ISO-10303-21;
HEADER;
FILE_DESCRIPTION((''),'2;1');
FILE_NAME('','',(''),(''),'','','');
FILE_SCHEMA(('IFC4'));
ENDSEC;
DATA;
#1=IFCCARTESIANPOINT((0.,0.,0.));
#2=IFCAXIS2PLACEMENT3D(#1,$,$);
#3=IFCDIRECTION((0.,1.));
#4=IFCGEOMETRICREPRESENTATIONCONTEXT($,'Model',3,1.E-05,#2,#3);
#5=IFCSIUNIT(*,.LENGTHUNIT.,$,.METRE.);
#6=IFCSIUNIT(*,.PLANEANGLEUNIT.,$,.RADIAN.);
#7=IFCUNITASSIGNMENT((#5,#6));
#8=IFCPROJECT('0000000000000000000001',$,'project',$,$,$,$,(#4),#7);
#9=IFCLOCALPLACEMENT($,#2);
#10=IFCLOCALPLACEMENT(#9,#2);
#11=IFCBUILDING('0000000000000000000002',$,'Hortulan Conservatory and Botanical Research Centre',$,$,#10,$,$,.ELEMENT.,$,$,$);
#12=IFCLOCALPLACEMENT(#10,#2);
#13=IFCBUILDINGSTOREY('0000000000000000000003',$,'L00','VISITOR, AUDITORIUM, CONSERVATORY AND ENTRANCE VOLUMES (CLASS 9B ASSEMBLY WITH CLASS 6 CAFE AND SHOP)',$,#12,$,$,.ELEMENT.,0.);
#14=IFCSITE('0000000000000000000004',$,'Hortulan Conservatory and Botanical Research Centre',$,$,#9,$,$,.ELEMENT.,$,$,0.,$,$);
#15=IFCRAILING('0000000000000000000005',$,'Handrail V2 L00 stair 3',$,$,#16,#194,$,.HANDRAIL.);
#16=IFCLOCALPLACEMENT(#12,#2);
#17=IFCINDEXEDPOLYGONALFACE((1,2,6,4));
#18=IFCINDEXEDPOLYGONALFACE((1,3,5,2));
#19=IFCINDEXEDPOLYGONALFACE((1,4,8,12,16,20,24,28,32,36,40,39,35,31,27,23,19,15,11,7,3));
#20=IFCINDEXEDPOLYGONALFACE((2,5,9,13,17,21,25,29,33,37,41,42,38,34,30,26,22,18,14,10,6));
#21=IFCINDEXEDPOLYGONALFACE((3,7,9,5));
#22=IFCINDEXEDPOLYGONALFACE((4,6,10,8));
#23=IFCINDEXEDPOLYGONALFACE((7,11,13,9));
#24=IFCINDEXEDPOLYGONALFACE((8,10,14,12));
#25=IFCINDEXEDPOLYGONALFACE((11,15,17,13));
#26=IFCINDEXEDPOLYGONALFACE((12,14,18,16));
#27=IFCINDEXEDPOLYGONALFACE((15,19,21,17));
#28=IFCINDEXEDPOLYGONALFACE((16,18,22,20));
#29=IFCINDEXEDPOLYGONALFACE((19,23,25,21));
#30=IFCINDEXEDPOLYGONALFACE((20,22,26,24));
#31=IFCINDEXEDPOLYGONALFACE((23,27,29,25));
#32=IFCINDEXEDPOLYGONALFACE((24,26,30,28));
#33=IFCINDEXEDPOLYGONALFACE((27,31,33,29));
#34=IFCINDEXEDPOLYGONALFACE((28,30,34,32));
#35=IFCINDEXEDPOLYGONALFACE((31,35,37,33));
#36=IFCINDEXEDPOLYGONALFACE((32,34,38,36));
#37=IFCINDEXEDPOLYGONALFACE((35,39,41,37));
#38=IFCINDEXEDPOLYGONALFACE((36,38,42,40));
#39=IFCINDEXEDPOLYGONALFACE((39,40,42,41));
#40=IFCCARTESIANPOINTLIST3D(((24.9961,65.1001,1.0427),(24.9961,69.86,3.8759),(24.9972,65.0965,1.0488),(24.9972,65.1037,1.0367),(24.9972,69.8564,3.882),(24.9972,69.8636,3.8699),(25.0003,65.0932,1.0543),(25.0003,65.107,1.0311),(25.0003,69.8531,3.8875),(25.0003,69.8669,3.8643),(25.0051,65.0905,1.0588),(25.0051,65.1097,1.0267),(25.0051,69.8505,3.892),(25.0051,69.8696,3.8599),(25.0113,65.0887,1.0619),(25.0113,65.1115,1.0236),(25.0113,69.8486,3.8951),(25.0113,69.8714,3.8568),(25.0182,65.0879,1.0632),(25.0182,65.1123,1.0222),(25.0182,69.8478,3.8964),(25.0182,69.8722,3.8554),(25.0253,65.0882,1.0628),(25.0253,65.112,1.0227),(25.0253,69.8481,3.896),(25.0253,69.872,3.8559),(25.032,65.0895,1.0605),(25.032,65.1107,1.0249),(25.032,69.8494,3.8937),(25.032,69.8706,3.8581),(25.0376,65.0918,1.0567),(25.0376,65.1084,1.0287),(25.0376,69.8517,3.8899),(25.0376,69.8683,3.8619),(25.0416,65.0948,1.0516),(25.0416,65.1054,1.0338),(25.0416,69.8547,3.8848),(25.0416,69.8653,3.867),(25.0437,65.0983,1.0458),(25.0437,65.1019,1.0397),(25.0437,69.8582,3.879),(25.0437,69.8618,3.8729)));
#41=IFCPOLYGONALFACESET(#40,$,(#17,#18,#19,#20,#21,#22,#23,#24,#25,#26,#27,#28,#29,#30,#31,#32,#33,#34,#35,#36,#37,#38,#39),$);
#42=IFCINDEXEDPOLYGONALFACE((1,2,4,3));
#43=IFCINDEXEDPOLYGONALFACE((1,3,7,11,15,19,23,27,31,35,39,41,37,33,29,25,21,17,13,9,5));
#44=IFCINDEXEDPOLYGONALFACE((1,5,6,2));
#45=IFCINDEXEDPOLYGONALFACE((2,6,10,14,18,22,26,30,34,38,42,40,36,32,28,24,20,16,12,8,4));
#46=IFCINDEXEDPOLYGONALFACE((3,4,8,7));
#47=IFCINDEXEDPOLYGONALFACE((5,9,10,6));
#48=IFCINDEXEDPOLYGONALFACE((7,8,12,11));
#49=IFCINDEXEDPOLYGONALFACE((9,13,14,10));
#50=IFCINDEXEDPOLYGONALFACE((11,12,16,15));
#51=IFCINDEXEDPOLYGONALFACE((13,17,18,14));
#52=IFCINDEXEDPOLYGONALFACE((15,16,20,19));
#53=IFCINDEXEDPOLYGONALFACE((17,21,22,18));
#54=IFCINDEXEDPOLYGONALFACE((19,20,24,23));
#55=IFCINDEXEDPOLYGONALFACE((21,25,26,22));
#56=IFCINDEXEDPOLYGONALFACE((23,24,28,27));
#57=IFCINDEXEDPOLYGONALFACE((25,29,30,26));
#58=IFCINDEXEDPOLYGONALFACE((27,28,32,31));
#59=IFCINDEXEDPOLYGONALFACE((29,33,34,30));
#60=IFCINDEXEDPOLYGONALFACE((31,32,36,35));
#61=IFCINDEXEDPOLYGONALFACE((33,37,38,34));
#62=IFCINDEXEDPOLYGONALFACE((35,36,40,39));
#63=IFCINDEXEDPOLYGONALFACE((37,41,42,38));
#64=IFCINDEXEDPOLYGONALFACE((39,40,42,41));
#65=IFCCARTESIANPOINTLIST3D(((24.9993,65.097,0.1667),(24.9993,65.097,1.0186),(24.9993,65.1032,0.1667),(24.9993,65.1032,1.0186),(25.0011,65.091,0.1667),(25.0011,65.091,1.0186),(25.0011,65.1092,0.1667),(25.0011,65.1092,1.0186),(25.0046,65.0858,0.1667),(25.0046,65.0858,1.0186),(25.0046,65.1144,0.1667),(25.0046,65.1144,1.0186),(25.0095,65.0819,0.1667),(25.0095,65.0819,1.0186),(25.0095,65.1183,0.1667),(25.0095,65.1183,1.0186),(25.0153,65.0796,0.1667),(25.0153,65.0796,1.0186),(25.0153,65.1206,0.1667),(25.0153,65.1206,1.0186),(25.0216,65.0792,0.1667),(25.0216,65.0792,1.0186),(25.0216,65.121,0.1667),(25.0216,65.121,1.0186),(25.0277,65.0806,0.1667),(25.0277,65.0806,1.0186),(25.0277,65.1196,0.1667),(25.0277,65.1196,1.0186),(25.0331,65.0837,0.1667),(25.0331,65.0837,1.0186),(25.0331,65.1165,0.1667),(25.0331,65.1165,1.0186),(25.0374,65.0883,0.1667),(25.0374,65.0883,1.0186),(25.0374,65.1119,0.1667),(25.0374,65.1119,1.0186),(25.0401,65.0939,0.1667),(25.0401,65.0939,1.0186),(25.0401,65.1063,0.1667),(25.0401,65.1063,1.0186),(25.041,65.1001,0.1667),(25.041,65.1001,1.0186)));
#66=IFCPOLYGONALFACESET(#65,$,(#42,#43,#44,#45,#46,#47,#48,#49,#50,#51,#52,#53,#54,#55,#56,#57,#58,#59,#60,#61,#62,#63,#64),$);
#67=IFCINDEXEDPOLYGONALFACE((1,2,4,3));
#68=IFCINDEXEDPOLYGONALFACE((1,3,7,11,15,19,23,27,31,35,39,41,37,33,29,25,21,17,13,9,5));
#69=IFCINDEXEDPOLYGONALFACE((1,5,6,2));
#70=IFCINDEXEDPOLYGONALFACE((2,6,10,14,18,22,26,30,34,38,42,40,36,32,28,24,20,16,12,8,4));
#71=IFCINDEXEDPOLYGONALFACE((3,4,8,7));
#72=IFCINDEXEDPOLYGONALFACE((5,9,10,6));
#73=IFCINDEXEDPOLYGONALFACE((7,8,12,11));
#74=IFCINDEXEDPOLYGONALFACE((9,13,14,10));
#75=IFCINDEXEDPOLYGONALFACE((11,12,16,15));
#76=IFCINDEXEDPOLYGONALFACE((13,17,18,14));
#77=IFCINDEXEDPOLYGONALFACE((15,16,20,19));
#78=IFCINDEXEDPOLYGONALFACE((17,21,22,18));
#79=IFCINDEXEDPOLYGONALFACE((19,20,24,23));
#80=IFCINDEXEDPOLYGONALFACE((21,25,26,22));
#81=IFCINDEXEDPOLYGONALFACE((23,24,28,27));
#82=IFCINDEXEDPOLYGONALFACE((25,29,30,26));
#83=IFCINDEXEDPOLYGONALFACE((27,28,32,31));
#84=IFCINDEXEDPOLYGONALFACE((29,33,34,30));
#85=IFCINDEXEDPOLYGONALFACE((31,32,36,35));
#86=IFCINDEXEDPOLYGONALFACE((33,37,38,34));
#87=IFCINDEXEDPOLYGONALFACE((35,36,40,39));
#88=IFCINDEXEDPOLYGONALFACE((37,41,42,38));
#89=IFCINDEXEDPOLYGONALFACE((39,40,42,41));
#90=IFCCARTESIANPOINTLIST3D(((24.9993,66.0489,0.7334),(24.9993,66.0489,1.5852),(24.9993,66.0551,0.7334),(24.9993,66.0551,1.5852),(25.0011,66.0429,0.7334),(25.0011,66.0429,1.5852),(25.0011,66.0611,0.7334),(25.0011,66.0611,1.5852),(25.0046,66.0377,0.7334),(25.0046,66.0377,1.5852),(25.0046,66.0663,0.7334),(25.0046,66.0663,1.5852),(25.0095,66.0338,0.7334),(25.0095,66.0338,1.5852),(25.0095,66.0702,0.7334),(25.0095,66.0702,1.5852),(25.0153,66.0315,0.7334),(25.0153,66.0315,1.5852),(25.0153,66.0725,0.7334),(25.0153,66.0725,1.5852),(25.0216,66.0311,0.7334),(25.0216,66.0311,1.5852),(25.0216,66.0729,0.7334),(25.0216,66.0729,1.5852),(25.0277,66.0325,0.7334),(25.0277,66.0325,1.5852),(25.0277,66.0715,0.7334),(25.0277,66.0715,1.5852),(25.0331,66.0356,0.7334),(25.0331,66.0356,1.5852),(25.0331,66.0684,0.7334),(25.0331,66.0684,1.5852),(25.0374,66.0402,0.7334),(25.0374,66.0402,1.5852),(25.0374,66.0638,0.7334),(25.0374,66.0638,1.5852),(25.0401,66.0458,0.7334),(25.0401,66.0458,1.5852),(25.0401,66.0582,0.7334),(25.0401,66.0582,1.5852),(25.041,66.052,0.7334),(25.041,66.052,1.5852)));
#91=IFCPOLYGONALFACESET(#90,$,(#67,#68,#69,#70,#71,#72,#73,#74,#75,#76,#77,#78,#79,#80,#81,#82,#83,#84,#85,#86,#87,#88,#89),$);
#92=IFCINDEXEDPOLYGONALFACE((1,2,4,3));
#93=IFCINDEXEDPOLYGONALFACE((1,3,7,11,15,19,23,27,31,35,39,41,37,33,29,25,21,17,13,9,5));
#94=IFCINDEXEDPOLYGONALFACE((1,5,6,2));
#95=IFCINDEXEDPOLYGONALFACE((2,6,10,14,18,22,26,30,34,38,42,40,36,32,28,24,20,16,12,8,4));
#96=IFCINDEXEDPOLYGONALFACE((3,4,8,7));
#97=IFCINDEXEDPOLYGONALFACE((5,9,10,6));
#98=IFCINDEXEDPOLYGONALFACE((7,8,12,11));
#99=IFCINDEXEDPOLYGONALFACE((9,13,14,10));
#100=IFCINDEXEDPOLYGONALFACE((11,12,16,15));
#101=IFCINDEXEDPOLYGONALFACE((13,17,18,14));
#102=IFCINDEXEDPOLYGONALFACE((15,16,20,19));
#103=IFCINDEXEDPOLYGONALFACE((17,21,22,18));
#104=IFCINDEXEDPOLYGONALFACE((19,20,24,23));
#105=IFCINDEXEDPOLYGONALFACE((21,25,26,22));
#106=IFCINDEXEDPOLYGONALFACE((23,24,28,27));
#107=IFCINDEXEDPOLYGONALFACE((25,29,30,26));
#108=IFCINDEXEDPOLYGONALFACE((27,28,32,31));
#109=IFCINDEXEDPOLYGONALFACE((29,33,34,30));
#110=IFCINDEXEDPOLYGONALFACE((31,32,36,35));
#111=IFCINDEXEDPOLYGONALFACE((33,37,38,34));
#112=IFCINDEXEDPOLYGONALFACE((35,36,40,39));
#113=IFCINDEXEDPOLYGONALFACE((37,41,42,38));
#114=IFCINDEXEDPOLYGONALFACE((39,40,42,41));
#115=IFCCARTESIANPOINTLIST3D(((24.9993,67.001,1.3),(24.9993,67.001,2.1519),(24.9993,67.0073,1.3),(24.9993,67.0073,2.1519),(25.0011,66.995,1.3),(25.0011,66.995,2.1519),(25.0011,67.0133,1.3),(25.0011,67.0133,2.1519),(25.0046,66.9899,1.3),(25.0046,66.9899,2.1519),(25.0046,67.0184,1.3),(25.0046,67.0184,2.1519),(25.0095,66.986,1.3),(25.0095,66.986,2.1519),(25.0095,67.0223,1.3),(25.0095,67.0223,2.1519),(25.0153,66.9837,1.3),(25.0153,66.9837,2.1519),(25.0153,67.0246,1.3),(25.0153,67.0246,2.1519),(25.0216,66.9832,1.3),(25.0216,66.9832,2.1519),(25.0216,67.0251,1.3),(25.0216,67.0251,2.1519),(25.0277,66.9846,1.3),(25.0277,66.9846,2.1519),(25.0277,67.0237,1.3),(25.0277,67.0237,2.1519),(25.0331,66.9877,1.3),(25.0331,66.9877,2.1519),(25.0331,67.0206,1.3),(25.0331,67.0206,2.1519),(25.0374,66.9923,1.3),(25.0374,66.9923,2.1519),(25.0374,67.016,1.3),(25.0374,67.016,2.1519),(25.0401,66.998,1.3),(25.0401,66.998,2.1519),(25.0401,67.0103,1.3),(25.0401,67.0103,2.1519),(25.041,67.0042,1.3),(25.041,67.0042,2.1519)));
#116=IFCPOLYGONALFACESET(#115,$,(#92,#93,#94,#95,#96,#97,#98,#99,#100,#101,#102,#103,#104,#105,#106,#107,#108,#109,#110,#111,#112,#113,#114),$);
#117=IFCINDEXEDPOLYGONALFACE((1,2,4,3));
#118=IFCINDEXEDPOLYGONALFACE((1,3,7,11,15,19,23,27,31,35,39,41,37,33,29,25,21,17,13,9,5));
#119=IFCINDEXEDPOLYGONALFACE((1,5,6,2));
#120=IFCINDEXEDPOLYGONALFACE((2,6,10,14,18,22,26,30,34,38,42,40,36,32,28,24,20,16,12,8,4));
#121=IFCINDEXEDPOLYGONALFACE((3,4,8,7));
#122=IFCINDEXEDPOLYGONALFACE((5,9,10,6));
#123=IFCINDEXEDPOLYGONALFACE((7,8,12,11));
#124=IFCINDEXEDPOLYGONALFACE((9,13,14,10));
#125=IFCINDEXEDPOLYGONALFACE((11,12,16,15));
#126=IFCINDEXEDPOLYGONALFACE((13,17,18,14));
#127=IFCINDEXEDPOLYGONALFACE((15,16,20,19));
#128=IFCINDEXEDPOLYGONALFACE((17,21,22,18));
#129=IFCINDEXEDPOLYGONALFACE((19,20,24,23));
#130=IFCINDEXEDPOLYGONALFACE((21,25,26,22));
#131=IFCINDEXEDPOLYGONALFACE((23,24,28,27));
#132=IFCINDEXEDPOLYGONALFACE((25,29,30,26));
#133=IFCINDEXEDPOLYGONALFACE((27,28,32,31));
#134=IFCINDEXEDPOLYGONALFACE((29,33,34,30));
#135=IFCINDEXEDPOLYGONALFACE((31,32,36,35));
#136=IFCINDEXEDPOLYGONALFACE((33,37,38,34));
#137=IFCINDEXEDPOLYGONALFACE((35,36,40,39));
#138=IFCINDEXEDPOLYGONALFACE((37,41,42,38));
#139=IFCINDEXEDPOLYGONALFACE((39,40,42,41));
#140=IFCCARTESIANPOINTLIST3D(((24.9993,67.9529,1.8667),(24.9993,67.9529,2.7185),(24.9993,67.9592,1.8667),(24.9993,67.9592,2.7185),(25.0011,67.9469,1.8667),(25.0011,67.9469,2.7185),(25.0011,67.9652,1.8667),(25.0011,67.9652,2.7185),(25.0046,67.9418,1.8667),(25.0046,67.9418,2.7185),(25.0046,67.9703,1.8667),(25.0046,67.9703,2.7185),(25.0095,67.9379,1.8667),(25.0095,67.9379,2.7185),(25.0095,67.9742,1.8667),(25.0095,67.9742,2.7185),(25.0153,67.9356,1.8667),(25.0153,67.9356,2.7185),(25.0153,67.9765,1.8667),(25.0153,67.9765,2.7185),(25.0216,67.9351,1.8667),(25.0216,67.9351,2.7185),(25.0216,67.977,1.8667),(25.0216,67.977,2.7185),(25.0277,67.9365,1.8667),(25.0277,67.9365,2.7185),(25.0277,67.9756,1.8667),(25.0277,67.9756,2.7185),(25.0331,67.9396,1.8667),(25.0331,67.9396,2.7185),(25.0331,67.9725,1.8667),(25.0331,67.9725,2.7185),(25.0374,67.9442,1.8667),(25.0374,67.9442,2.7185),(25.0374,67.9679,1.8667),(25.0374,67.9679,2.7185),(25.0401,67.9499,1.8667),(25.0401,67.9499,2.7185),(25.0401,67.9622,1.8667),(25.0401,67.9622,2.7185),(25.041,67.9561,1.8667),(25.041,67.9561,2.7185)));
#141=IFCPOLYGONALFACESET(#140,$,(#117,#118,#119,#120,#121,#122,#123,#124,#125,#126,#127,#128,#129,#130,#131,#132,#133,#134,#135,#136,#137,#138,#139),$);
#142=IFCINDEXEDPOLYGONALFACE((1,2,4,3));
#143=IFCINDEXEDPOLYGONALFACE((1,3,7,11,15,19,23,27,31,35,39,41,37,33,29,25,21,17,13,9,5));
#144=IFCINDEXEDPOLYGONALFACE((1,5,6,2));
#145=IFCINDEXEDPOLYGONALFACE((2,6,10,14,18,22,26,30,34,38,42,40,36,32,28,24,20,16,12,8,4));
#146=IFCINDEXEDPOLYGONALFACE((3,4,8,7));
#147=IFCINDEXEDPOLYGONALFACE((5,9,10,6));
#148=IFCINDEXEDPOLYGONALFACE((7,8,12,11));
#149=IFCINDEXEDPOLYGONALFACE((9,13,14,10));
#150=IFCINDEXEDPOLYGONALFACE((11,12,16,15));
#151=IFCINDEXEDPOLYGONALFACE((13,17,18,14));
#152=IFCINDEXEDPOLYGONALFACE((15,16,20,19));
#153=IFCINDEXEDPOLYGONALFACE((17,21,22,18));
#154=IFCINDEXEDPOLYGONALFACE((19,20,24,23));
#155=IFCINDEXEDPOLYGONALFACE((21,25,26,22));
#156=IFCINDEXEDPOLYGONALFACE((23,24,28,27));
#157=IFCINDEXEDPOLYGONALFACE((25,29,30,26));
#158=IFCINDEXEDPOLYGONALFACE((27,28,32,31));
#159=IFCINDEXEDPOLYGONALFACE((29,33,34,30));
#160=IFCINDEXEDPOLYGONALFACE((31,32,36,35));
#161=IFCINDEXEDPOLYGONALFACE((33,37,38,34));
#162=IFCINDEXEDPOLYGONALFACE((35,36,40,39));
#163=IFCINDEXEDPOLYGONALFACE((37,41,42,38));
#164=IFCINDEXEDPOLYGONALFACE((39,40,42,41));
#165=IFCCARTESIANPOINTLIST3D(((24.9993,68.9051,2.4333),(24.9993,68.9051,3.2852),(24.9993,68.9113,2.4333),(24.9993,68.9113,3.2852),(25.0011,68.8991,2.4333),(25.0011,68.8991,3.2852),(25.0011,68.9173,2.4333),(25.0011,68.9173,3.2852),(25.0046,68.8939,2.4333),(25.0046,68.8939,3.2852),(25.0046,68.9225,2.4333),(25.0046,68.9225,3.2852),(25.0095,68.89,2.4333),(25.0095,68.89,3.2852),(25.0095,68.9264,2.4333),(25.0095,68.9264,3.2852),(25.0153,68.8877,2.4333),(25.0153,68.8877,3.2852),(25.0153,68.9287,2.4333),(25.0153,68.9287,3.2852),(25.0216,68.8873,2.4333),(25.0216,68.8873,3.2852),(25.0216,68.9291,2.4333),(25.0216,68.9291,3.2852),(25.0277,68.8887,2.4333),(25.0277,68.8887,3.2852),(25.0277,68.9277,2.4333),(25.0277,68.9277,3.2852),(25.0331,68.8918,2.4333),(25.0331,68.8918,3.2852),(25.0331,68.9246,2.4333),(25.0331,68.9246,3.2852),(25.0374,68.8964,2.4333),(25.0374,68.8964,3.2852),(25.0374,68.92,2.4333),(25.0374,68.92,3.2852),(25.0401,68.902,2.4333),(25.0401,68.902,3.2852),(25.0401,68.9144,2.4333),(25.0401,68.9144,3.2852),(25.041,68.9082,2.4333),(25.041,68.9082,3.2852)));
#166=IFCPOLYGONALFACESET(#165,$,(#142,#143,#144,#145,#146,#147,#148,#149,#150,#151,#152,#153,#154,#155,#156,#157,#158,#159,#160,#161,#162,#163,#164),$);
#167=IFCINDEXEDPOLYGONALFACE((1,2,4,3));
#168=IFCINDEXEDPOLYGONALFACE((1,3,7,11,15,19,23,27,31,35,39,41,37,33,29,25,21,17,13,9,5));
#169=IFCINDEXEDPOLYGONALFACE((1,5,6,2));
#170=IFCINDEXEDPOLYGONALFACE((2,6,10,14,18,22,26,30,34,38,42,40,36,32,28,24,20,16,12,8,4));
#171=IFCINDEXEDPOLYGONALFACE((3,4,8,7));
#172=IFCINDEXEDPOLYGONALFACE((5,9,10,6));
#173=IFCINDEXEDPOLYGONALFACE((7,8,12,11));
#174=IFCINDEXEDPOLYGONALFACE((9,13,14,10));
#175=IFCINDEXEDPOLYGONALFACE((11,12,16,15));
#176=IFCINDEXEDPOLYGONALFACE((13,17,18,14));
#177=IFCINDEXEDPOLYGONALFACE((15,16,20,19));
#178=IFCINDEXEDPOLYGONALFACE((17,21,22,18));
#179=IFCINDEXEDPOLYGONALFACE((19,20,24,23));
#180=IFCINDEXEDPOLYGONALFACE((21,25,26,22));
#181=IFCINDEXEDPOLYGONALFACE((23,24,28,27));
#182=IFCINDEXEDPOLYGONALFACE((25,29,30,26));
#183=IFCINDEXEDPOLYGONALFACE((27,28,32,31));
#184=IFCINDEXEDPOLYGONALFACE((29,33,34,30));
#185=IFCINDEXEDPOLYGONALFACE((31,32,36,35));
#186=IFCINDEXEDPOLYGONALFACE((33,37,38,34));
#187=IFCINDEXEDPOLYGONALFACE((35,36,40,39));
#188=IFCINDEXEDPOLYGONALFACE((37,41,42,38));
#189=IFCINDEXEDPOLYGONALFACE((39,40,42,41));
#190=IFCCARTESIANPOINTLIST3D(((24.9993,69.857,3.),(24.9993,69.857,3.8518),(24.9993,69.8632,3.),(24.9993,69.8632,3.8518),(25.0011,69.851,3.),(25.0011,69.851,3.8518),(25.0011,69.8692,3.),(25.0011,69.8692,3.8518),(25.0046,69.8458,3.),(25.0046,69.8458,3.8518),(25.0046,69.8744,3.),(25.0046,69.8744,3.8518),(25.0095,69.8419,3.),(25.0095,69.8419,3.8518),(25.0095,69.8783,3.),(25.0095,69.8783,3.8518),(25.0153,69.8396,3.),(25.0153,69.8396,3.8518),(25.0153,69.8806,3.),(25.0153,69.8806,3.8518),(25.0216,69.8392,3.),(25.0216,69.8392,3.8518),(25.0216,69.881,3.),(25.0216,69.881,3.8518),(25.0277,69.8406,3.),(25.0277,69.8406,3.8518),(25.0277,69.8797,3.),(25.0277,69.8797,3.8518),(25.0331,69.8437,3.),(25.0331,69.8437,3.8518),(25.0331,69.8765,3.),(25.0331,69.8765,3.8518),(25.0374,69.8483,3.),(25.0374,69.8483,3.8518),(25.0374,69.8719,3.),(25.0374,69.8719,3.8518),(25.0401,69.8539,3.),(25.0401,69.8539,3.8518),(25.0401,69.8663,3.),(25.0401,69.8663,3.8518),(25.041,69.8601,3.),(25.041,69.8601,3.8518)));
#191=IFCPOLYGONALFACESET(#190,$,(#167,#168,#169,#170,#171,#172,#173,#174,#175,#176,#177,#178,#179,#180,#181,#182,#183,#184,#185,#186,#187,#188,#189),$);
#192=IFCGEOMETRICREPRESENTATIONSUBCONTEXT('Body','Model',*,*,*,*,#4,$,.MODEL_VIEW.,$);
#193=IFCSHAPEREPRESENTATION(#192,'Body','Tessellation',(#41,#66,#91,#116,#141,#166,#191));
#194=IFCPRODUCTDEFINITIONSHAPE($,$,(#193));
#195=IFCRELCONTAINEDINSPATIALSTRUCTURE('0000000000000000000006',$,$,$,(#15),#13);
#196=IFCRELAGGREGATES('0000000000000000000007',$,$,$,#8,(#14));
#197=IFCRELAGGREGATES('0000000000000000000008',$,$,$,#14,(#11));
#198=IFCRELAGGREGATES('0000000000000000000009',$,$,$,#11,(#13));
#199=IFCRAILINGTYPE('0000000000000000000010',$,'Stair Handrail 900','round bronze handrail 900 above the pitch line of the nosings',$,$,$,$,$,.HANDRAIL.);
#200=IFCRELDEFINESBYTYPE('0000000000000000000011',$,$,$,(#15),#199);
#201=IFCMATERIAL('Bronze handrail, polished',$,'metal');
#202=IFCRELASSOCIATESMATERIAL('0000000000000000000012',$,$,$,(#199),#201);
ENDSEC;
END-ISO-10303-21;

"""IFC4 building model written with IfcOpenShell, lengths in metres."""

from ifc_helpers import new_model, si_unit, direction, frame, origin, origin_2d, place, context, subcontext, project, spatial, circle, extrude, material, type_object, element, save


model = new_model("IFC4")

# Units and contexts
model_context = context("Model", 3, precision=1e-05, world=origin(), true_north=direction((0.0, 1.0)))
body_context = subcontext(model_context, "Body", "Model", "MODEL_VIEW")
ifc_project = project(units=[si_unit("LENGTHUNIT", "METRE"), si_unit("PLANEANGLEUNIT", "RADIAN")], contexts=[model_context])

# Site, building, storey
site_placement = place(None, origin())
site = spatial("IfcSite", under=ifc_project, at=site_placement, Name="Hortulan Conservatory and Botanical Research Centre", CompositionType="ELEMENT", RefElevation=0.0)
building_placement = place(site_placement, origin())
building = spatial("IfcBuilding", under=site, at=building_placement, Name="Hortulan Conservatory and Botanical Research Centre", CompositionType="ELEMENT")
storey_placement = place(building_placement, origin())
storey = spatial("IfcBuildingStorey", under=building, at=storey_placement, Name="L00", Description="VISITOR, AUDITORIUM, CONSERVATORY AND ENTRANCE VOLUMES (CLASS 9B ASSEMBLY WITH CLASS 6 CAFE AND SHOP)", CompositionType="ELEMENT", Elevation=0.0)

# Railing
ifc_material_1 = material(Name="Bronze handrail, polished", Category="metal")
railing_type_1 = type_object("IfcRailingType", Name="Stair Handrail 900", Description="round bronze handrail 900 above the pitch line of the nosings", PredefinedType="HANDRAIL", material=ifc_material_1)
railing_1_placement = place(storey_placement, frame((25.02, 65.1001, 0.1667)))
element("IfcRailing", 1, at=railing_1_placement, inside=storey, type_object=railing_type_1, Name="Handrail V2 L00 stair 3", PredefinedType="HANDRAIL", context=body_context, shape_type="SweptSolid", body=[
    extrude(circle(Radius=0.0239, at=origin_2d()), frame((0.0, 0.0, 0.876), z_axis=(0.0, 0.8593, 0.511472), x_axis=(-1.0, 0.0, 0.0)), (0.0, 0.0, 1.0), 5.5393),
    extrude(circle(Radius=0.021, at=origin_2d()), origin(), (0.0, 0.0, 1.0), 0.8518),
    extrude(circle(Radius=0.021, at=origin_2d()), frame((0.0, 0.9519, 0.5667)), (0.0, 0.0, 1.0), 0.8518),
    extrude(circle(Radius=0.021, at=origin_2d()), frame((0.0, 1.9041, 1.1333)), (0.0, 0.0, 1.0), 0.8518),
    extrude(circle(Radius=0.021, at=origin_2d()), frame((0.0, 2.856, 1.7)), (0.0, 0.0, 1.0), 0.8518),
    extrude(circle(Radius=0.021, at=origin_2d()), frame((0.0, 3.8081, 2.2666)), (0.0, 0.0, 1.0), 0.8518),
    extrude(circle(Radius=0.021, at=origin_2d()), frame((0.0, 4.76, 2.8333)), (0.0, 0.0, 1.0), 0.8518),
])

save(model, "model.ifc")
